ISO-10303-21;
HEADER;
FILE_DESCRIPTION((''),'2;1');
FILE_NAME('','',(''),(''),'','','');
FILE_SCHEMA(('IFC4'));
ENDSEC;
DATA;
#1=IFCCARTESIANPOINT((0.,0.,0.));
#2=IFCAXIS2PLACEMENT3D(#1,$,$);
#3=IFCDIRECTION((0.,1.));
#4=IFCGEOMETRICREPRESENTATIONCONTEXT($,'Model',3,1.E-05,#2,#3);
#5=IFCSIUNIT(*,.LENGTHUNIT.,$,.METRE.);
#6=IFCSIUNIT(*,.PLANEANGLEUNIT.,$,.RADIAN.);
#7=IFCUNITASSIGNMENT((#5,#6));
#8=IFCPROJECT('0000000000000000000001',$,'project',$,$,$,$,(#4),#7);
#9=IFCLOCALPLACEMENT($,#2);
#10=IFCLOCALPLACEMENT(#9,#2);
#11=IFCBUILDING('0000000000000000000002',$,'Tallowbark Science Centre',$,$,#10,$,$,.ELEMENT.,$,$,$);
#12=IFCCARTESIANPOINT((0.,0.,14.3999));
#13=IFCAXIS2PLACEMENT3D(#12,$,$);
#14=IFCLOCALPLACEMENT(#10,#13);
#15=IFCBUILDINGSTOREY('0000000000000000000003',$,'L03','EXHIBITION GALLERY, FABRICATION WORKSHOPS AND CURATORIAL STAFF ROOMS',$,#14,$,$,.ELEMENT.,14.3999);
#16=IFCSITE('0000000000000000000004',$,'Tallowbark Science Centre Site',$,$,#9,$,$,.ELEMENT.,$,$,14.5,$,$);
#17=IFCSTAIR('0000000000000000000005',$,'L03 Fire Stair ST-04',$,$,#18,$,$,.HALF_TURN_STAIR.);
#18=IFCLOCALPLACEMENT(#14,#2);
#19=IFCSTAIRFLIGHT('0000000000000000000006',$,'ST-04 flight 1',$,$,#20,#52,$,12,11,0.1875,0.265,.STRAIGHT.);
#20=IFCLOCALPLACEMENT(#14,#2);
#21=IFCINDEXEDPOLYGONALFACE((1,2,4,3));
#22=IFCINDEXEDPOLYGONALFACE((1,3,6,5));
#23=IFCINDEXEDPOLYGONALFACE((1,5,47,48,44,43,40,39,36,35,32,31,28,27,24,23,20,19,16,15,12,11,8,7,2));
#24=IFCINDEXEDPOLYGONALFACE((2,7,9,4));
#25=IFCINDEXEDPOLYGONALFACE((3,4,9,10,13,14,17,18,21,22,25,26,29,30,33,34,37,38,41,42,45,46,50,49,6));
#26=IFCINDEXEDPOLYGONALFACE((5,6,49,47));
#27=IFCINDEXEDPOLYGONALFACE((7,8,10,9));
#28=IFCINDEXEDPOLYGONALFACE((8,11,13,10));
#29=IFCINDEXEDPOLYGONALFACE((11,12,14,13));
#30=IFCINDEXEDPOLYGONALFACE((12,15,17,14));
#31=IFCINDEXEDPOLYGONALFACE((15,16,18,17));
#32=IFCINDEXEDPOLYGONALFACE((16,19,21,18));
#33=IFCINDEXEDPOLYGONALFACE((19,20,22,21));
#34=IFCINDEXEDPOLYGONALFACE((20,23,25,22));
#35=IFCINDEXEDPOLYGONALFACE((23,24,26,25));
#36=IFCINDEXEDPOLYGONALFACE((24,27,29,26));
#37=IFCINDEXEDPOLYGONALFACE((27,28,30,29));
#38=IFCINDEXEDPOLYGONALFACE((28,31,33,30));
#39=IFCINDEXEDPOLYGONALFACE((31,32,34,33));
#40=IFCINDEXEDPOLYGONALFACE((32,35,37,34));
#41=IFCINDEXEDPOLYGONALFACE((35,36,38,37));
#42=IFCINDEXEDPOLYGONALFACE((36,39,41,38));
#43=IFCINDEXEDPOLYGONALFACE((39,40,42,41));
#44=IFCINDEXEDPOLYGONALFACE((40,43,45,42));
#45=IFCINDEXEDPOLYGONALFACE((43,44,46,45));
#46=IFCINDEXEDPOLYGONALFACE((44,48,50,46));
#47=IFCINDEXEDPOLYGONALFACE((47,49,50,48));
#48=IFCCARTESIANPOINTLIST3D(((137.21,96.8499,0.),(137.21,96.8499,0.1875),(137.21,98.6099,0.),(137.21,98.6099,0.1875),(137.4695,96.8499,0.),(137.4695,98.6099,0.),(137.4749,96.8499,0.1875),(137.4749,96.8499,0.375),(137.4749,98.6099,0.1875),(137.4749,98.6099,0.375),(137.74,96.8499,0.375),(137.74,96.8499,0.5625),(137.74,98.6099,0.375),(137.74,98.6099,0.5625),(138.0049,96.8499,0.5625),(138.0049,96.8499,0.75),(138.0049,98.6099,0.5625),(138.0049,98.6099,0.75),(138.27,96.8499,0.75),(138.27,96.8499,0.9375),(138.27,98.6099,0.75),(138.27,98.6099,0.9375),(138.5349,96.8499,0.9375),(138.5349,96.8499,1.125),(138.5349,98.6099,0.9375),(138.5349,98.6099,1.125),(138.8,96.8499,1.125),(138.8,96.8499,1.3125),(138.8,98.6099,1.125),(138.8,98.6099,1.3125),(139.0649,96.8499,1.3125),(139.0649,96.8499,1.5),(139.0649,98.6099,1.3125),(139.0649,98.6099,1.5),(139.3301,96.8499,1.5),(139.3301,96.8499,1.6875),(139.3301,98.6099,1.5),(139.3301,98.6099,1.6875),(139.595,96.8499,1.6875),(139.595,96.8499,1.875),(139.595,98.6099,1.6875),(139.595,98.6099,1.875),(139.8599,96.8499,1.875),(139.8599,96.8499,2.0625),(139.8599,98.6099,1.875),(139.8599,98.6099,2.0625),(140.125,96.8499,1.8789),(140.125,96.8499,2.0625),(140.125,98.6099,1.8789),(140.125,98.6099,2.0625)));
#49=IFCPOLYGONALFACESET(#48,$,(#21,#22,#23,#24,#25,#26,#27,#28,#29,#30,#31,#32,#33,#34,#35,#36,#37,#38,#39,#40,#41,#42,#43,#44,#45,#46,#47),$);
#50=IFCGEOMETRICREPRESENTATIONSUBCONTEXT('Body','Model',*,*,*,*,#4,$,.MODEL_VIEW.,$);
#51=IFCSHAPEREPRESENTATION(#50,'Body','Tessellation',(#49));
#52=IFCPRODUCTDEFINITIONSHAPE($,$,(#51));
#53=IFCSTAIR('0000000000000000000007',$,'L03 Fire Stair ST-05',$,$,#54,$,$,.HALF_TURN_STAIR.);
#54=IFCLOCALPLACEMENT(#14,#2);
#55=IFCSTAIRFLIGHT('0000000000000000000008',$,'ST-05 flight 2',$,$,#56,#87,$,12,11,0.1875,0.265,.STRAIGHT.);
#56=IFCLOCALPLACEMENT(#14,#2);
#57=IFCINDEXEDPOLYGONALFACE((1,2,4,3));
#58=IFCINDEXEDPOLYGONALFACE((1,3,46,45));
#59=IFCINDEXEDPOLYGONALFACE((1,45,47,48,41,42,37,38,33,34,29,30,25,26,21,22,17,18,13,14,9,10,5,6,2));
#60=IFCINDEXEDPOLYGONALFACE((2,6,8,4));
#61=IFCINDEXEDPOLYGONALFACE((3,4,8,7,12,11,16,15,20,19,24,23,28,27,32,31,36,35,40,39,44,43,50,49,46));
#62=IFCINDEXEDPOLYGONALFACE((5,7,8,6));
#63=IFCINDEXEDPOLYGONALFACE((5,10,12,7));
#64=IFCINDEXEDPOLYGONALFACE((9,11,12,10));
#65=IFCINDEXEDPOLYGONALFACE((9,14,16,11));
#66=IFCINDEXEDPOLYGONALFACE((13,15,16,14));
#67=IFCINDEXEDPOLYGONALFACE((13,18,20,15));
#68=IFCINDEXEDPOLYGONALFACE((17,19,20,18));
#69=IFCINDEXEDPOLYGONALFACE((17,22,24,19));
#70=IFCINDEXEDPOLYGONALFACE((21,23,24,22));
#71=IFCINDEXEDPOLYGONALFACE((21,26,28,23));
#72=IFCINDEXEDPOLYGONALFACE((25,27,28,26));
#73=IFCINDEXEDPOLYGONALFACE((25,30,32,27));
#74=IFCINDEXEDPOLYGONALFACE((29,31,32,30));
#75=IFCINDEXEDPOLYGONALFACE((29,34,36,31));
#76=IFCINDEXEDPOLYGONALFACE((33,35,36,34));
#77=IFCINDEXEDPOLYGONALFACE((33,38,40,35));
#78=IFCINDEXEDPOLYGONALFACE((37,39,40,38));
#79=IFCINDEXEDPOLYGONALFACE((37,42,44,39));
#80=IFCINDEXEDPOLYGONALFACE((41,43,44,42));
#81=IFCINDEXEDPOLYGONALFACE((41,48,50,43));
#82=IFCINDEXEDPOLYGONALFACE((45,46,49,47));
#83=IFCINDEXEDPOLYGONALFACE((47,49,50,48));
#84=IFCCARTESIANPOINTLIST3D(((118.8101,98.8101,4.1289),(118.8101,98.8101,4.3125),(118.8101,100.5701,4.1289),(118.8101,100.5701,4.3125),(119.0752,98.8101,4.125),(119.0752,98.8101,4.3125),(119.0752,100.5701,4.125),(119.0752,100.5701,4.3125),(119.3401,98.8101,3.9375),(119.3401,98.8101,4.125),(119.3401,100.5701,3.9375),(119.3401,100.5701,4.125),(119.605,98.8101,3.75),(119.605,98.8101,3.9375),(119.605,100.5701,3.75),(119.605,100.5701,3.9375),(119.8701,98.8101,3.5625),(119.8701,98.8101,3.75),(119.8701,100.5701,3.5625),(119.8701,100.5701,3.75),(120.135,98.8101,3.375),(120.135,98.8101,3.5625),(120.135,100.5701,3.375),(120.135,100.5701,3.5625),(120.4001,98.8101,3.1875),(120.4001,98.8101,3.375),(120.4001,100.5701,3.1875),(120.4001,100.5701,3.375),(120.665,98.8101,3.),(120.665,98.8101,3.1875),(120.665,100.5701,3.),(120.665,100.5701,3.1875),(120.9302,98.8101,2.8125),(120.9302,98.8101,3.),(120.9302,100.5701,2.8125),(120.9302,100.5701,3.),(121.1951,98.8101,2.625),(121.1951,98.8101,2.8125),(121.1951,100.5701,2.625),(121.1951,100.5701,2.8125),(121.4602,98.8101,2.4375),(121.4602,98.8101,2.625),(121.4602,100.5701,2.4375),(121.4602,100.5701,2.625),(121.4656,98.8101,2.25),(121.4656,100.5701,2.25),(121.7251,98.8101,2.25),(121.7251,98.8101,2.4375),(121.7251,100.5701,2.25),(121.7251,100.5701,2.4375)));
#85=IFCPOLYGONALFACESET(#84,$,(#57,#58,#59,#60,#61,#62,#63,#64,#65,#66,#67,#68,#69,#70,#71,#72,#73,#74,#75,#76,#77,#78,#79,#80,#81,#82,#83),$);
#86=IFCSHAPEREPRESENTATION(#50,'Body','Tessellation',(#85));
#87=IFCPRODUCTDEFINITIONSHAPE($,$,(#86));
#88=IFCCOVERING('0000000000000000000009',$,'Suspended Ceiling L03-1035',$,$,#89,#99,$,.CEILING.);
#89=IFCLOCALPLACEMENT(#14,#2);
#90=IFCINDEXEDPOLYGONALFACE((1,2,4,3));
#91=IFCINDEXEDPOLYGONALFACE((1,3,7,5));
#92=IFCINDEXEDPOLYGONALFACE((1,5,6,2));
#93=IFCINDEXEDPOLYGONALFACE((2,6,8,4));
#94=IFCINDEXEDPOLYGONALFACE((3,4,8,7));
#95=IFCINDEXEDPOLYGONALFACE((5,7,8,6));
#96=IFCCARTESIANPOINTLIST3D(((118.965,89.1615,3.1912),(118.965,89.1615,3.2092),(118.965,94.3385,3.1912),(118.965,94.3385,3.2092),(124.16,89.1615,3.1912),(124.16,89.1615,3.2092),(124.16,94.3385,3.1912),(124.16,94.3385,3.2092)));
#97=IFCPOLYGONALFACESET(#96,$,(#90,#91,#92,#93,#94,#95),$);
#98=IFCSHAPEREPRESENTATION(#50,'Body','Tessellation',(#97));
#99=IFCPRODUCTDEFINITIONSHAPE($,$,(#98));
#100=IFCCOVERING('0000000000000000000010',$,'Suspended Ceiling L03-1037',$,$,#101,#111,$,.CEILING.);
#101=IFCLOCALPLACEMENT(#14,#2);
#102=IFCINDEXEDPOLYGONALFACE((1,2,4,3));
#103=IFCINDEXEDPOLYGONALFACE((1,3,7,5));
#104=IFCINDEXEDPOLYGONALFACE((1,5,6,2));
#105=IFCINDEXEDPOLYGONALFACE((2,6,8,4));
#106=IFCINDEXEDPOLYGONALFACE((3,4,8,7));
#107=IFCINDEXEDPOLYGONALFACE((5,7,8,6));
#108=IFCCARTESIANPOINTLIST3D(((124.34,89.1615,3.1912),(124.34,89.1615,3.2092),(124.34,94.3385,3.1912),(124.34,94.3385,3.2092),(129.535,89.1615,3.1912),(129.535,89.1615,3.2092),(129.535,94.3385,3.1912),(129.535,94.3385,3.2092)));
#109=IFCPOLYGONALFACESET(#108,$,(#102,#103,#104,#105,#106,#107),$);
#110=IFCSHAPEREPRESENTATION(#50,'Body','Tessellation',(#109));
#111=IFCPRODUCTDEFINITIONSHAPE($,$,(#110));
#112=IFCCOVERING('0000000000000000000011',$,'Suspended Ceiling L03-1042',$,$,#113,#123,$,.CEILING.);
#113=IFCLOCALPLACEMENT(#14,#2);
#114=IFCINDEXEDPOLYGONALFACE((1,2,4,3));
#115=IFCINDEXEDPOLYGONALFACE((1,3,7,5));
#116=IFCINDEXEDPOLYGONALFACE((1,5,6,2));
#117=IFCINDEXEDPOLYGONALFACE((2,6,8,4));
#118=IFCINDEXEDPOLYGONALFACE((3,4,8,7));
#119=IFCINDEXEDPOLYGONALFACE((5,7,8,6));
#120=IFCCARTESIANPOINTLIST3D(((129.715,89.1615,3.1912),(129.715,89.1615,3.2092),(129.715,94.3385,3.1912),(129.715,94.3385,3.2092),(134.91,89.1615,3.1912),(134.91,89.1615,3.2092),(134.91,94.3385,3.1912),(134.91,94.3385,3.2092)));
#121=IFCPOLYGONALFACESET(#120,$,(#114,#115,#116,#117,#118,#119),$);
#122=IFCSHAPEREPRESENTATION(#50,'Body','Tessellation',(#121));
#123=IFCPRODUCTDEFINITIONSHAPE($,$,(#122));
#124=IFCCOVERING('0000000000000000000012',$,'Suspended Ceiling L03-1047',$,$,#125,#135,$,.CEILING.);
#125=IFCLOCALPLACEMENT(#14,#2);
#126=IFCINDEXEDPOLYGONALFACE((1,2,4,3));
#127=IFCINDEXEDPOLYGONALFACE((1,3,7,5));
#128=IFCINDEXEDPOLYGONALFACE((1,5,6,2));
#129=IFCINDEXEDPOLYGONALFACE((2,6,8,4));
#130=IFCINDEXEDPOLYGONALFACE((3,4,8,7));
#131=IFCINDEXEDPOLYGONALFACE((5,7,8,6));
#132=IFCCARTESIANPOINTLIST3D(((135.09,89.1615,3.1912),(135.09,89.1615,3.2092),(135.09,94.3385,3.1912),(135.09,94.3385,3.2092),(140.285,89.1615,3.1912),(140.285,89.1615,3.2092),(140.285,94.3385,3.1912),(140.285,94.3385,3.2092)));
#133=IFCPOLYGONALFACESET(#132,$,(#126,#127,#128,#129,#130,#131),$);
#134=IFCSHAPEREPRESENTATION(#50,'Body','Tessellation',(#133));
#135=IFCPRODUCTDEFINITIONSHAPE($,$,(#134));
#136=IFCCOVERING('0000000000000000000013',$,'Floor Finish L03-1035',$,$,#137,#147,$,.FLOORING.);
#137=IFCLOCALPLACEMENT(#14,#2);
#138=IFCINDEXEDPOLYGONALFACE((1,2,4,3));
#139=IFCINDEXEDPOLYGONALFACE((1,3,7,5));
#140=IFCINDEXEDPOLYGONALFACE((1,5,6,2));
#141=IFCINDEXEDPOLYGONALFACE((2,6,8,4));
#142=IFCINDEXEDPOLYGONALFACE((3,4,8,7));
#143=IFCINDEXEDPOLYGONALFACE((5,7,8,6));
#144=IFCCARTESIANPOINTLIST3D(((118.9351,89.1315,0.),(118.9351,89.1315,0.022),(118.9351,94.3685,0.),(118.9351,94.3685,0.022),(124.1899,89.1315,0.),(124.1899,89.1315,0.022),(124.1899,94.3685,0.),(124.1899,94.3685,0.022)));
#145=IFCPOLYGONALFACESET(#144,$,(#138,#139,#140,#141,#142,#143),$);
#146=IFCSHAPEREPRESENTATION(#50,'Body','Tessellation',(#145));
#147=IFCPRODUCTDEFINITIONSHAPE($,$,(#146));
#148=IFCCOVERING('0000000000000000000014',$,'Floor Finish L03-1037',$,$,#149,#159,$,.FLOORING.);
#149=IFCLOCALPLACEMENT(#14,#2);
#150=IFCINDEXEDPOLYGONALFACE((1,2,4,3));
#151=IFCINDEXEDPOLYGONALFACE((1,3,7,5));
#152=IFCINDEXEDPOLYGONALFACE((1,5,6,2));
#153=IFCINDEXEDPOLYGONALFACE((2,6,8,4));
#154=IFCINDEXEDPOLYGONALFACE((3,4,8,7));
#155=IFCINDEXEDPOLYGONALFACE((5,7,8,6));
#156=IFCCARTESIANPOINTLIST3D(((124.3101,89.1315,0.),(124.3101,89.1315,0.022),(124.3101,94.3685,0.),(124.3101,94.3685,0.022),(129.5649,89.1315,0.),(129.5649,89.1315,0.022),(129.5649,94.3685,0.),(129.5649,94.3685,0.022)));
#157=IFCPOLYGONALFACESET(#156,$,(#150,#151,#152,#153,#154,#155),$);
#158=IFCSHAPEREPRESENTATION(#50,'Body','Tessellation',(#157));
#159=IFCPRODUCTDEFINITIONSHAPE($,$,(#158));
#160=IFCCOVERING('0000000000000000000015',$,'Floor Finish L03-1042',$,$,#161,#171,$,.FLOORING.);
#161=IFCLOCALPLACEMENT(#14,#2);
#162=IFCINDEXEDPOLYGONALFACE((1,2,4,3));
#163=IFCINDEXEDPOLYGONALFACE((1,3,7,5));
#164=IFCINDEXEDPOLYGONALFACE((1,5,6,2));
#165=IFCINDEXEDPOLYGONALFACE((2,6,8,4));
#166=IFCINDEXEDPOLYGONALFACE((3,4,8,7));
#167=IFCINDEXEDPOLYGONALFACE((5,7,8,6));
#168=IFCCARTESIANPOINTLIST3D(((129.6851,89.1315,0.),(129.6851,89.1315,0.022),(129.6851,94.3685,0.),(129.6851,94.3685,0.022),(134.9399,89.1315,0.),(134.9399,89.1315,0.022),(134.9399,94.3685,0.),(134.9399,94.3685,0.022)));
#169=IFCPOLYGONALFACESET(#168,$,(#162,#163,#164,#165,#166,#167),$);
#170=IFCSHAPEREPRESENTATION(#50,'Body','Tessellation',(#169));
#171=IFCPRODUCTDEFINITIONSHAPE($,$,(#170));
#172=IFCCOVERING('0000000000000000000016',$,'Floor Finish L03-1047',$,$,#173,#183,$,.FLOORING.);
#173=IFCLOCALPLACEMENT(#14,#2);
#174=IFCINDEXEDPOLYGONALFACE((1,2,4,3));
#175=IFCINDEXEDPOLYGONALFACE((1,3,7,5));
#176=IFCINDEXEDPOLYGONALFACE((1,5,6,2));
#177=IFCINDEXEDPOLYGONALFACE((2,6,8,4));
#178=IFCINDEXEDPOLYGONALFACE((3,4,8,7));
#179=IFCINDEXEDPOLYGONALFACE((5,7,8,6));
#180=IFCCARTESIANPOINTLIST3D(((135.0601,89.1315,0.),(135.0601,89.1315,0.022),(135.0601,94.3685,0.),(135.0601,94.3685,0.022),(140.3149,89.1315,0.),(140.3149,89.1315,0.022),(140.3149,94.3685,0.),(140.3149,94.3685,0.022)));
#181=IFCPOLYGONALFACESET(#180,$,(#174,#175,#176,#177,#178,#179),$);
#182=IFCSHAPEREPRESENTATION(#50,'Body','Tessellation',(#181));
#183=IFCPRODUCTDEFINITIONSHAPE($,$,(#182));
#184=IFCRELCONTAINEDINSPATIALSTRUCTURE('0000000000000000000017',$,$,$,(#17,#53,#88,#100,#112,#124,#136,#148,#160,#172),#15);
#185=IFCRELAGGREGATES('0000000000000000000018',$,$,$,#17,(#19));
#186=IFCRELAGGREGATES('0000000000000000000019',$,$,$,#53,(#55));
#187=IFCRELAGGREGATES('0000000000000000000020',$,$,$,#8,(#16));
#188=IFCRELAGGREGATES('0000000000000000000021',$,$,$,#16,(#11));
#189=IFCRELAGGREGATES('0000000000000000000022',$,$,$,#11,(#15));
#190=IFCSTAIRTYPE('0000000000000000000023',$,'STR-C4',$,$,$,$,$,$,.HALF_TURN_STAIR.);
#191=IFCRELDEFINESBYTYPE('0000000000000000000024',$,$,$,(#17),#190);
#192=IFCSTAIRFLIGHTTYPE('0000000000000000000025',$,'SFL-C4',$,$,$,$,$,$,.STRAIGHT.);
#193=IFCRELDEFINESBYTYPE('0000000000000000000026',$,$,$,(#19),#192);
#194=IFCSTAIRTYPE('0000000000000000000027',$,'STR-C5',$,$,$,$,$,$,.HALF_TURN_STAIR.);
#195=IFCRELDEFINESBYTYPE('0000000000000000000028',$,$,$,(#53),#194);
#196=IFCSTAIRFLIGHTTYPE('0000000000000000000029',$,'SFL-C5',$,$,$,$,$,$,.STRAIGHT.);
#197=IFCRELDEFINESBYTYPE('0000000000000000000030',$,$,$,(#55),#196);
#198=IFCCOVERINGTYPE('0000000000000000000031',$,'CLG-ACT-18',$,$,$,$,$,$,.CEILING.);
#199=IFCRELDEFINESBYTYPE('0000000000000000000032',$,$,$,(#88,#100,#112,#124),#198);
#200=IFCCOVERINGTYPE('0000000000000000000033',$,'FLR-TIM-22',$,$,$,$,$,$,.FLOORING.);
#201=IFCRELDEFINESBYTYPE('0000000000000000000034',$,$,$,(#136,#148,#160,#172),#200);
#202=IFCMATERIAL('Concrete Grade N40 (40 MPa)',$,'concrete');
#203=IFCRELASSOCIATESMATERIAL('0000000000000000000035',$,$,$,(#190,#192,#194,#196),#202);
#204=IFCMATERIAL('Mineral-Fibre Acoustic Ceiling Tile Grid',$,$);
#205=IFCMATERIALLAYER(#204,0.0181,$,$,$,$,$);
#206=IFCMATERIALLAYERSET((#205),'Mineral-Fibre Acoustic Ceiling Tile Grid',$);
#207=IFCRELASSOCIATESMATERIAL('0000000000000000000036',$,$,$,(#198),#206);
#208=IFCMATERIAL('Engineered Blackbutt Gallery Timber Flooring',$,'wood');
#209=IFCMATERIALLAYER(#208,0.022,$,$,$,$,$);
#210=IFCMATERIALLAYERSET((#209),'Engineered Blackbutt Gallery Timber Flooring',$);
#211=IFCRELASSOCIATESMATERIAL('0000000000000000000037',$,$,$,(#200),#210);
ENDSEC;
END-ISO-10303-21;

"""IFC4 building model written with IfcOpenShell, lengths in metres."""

from ifc_helpers import new_model, si_unit, direction, frame, origin, origin_2d, place, context, subcontext, project, spatial, polyline, rectangle, outline, extrude, material, layer, layer_set, type_object, element, aggregate, save


model = new_model("IFC4")

# Units and contexts
model_context = context("Model", 3, precision=1e-05, world=origin(), true_north=direction((0.0, 1.0)))
body_context = subcontext(model_context, "Body", "Model", "MODEL_VIEW")
ifc_project = project(units=[si_unit("LENGTHUNIT", "METRE"), si_unit("PLANEANGLEUNIT", "RADIAN")], contexts=[model_context])

# Site, building, storey
site_placement = place(None, origin())
site = spatial("IfcSite", under=ifc_project, at=site_placement, Name="Tallowbark Science Centre Site", CompositionType="ELEMENT", RefElevation=14.5)
building_placement = place(site_placement, origin())
building = spatial("IfcBuilding", under=site, at=building_placement, Name="Tallowbark Science Centre", CompositionType="ELEMENT")
storey_placement = place(building_placement, frame((0.0, 0.0, 14.3999)))
storey = spatial("IfcBuildingStorey", under=building, at=storey_placement, Name="L03", Description="EXHIBITION GALLERY, FABRICATION WORKSHOPS AND CURATORIAL STAFF ROOMS", CompositionType="ELEMENT", Elevation=14.3999)

# Shared definitions
ifc_material_1 = material(Name="Concrete Grade N40 (40 MPa)", Category="concrete")

# Stairs, stair flights
stair_type_1 = type_object("IfcStairType", Name="STR-C4", PredefinedType="HALF_TURN_STAIR", material=ifc_material_1)
stair_1_placement = place(storey_placement, origin())
stair_1 = element("IfcStair", 1, at=stair_1_placement, inside=storey, type_object=stair_type_1, Name="L03 Fire Stair ST-04", PredefinedType="HALF_TURN_STAIR")
stair_flight_type_1 = type_object("IfcStairFlightType", Name="SFL-C4", PredefinedType="STRAIGHT", material=ifc_material_1)
stair_flight_1_placement = place(storey_placement, frame((137.21, 97.73, 0.0), z_axis=(0.0, 0.0, 1.0), x_axis=(1.0, 0.0, 0.0)))
stair_flight_1 = element("IfcStairFlight", 2, at=stair_flight_1_placement, type_object=stair_flight_type_1, Name="ST-04 flight 1", NumberOfRisers=12, NumberOfTreads=11, PredefinedType="STRAIGHT", RiserHeight=0.1875, TreadLength=0.265, context=body_context, shape_type="SweptSolid", body=[
    extrude(outline(polyline([(0.0, 0.0), (0.0, 0.1875), (0.2649, 0.1875), (0.2649, 0.375), (0.53, 0.375), (0.53, 0.5625), (0.7949, 0.5625), (0.7949, 0.75), (1.0601, 0.75), (1.0601, 0.9375), (1.325, 0.9375), (1.325, 1.125), (1.5901, 1.125), (1.5901, 1.3125), (1.855, 1.3125), (1.855, 1.5), (2.1201, 1.5), (2.1201, 1.6875), (2.385, 1.6875), (2.385, 1.875), (2.6499, 1.875), (2.6499, 2.0625), (2.915, 2.0625), (2.915, 2.25), (2.915, 1.8789), (0.2595, 0.0), (0.0, 0.0)])), frame((0.0, 0.8799, 0.0), z_axis=(0.0, -1.0, 0.0), x_axis=(1.0, 0.0, 0.0)), (0.0, 0.0, 1.0), 1.76),
])
aggregate(stair_1, [stair_flight_1])
stair_type_2 = type_object("IfcStairType", Name="STR-C5", PredefinedType="HALF_TURN_STAIR", material=ifc_material_1)
stair_2_placement = place(storey_placement, origin())
stair_2 = element("IfcStair", 3, at=stair_2_placement, inside=storey, type_object=stair_type_2, Name="L03 Fire Stair ST-05", PredefinedType="HALF_TURN_STAIR")
stair_flight_type_2 = type_object("IfcStairFlightType", Name="SFL-C5", PredefinedType="STRAIGHT", material=ifc_material_1)
stair_flight_2_placement = place(storey_placement, frame((121.7251, 99.6899, 2.25), z_axis=(0.0, 0.0, 1.0), x_axis=(-1.0, 0.0, 0.0)))
stair_flight_2 = element("IfcStairFlight", 4, at=stair_flight_2_placement, type_object=stair_flight_type_2, Name="ST-05 flight 2", NumberOfRisers=12, NumberOfTreads=11, PredefinedType="STRAIGHT", RiserHeight=0.1875, TreadLength=0.265, context=body_context, shape_type="SweptSolid", body=[
    extrude(outline(polyline([(0.0, 0.0), (0.0, 0.1875), (0.2649, 0.1875), (0.2649, 0.375), (0.53, 0.375), (0.53, 0.5625), (0.7949, 0.5625), (0.7949, 0.75), (1.0601, 0.75), (1.0601, 0.9375), (1.325, 0.9375), (1.325, 1.125), (1.5901, 1.125), (1.5901, 1.3125), (1.855, 1.3125), (1.855, 1.5), (2.1201, 1.5), (2.1201, 1.6875), (2.385, 1.6875), (2.385, 1.875), (2.6499, 1.875), (2.6499, 2.0625), (2.915, 2.0625), (2.915, 2.25), (2.915, 1.8789), (0.2595, 0.0), (0.0, 0.0)])), frame((0.0, 0.8799, 0.0), z_axis=(0.0, -1.0, 0.0), x_axis=(1.0, 0.0, 0.0)), (0.0, 0.0, 1.0), 1.76),
])
aggregate(stair_2, [stair_flight_2])

# Coverings
ifc_material_2 = material(Name="Mineral-Fibre Acoustic Ceiling Tile Grid")
ifc_layer_1 = layer(ifc_material_2, 0.0181)
ifc_layer_set_1 = layer_set([ifc_layer_1], Name="Mineral-Fibre Acoustic Ceiling Tile Grid")
covering_type_1 = type_object("IfcCoveringType", Name="CLG-ACT-18", PredefinedType="CEILING", material=ifc_layer_set_1)
for number, where, z_axis, x_axis, name in (
    (5, (121.5625, 91.75, 3.1912), (0.0, 0.0, 1.0), (1.0, 0.0, 0.0), "Suspended Ceiling L03-1035"),
    (6, (126.9375, 91.75, 3.1912), (0.0, 0.0, 1.0), (1.0, 0.0, 0.0), "Suspended Ceiling L03-1037"),
    (7, (132.3125, 91.75, 3.1912), (0.0, 0.0, 1.0), (1.0, 0.0, 0.0), "Suspended Ceiling L03-1042"),
    (8, (137.6875, 91.75, 3.1912), (0.0, 0.0, 1.0), (1.0, 0.0, 0.0), "Suspended Ceiling L03-1047"),
):
    element("IfcCovering", number, at=place(storey_placement, frame(where, z_axis=z_axis, x_axis=x_axis)), inside=storey, type_object=covering_type_1, Name=name, PredefinedType="CEILING", context=body_context, shape_type="SweptSolid", body=[
        extrude(rectangle(XDim=5.1951, YDim=5.177, at=origin_2d()), origin(), (0.0, 0.0, 1.0), 0.0181),
    ])
ifc_material_3 = material(Name="Engineered Blackbutt Gallery Timber Flooring", Category="wood")
ifc_layer_2 = layer(ifc_material_3, 0.022)
ifc_layer_set_2 = layer_set([ifc_layer_2], Name="Engineered Blackbutt Gallery Timber Flooring")
covering_type_2 = type_object("IfcCoveringType", Name="FLR-TIM-22", PredefinedType="FLOORING", material=ifc_layer_set_2)
for number, where, z_axis, x_axis, name in (
    (9, (121.5625, 91.75, 0.0), (0.0, 0.0, 1.0), (1.0, 0.0, 0.0), "Floor Finish L03-1035"),
    (10, (126.9375, 91.75, 0.0), (0.0, 0.0, 1.0), (1.0, 0.0, 0.0), "Floor Finish L03-1037"),
    (11, (132.3125, 91.75, 0.0), (0.0, 0.0, 1.0), (1.0, 0.0, 0.0), "Floor Finish L03-1042"),
    (12, (137.6875, 91.75, 0.0), (0.0, 0.0, 1.0), (1.0, 0.0, 0.0), "Floor Finish L03-1047"),
):
    element("IfcCovering", number, at=place(storey_placement, frame(where, z_axis=z_axis, x_axis=x_axis)), inside=storey, type_object=covering_type_2, Name=name, PredefinedType="FLOORING", context=body_context, shape_type="SweptSolid", body=[
        extrude(rectangle(XDim=5.2549, YDim=5.2371, at=origin_2d()), origin(), (0.0, 0.0, 1.0), 0.022),
    ])

save(model, "model.ifc")
